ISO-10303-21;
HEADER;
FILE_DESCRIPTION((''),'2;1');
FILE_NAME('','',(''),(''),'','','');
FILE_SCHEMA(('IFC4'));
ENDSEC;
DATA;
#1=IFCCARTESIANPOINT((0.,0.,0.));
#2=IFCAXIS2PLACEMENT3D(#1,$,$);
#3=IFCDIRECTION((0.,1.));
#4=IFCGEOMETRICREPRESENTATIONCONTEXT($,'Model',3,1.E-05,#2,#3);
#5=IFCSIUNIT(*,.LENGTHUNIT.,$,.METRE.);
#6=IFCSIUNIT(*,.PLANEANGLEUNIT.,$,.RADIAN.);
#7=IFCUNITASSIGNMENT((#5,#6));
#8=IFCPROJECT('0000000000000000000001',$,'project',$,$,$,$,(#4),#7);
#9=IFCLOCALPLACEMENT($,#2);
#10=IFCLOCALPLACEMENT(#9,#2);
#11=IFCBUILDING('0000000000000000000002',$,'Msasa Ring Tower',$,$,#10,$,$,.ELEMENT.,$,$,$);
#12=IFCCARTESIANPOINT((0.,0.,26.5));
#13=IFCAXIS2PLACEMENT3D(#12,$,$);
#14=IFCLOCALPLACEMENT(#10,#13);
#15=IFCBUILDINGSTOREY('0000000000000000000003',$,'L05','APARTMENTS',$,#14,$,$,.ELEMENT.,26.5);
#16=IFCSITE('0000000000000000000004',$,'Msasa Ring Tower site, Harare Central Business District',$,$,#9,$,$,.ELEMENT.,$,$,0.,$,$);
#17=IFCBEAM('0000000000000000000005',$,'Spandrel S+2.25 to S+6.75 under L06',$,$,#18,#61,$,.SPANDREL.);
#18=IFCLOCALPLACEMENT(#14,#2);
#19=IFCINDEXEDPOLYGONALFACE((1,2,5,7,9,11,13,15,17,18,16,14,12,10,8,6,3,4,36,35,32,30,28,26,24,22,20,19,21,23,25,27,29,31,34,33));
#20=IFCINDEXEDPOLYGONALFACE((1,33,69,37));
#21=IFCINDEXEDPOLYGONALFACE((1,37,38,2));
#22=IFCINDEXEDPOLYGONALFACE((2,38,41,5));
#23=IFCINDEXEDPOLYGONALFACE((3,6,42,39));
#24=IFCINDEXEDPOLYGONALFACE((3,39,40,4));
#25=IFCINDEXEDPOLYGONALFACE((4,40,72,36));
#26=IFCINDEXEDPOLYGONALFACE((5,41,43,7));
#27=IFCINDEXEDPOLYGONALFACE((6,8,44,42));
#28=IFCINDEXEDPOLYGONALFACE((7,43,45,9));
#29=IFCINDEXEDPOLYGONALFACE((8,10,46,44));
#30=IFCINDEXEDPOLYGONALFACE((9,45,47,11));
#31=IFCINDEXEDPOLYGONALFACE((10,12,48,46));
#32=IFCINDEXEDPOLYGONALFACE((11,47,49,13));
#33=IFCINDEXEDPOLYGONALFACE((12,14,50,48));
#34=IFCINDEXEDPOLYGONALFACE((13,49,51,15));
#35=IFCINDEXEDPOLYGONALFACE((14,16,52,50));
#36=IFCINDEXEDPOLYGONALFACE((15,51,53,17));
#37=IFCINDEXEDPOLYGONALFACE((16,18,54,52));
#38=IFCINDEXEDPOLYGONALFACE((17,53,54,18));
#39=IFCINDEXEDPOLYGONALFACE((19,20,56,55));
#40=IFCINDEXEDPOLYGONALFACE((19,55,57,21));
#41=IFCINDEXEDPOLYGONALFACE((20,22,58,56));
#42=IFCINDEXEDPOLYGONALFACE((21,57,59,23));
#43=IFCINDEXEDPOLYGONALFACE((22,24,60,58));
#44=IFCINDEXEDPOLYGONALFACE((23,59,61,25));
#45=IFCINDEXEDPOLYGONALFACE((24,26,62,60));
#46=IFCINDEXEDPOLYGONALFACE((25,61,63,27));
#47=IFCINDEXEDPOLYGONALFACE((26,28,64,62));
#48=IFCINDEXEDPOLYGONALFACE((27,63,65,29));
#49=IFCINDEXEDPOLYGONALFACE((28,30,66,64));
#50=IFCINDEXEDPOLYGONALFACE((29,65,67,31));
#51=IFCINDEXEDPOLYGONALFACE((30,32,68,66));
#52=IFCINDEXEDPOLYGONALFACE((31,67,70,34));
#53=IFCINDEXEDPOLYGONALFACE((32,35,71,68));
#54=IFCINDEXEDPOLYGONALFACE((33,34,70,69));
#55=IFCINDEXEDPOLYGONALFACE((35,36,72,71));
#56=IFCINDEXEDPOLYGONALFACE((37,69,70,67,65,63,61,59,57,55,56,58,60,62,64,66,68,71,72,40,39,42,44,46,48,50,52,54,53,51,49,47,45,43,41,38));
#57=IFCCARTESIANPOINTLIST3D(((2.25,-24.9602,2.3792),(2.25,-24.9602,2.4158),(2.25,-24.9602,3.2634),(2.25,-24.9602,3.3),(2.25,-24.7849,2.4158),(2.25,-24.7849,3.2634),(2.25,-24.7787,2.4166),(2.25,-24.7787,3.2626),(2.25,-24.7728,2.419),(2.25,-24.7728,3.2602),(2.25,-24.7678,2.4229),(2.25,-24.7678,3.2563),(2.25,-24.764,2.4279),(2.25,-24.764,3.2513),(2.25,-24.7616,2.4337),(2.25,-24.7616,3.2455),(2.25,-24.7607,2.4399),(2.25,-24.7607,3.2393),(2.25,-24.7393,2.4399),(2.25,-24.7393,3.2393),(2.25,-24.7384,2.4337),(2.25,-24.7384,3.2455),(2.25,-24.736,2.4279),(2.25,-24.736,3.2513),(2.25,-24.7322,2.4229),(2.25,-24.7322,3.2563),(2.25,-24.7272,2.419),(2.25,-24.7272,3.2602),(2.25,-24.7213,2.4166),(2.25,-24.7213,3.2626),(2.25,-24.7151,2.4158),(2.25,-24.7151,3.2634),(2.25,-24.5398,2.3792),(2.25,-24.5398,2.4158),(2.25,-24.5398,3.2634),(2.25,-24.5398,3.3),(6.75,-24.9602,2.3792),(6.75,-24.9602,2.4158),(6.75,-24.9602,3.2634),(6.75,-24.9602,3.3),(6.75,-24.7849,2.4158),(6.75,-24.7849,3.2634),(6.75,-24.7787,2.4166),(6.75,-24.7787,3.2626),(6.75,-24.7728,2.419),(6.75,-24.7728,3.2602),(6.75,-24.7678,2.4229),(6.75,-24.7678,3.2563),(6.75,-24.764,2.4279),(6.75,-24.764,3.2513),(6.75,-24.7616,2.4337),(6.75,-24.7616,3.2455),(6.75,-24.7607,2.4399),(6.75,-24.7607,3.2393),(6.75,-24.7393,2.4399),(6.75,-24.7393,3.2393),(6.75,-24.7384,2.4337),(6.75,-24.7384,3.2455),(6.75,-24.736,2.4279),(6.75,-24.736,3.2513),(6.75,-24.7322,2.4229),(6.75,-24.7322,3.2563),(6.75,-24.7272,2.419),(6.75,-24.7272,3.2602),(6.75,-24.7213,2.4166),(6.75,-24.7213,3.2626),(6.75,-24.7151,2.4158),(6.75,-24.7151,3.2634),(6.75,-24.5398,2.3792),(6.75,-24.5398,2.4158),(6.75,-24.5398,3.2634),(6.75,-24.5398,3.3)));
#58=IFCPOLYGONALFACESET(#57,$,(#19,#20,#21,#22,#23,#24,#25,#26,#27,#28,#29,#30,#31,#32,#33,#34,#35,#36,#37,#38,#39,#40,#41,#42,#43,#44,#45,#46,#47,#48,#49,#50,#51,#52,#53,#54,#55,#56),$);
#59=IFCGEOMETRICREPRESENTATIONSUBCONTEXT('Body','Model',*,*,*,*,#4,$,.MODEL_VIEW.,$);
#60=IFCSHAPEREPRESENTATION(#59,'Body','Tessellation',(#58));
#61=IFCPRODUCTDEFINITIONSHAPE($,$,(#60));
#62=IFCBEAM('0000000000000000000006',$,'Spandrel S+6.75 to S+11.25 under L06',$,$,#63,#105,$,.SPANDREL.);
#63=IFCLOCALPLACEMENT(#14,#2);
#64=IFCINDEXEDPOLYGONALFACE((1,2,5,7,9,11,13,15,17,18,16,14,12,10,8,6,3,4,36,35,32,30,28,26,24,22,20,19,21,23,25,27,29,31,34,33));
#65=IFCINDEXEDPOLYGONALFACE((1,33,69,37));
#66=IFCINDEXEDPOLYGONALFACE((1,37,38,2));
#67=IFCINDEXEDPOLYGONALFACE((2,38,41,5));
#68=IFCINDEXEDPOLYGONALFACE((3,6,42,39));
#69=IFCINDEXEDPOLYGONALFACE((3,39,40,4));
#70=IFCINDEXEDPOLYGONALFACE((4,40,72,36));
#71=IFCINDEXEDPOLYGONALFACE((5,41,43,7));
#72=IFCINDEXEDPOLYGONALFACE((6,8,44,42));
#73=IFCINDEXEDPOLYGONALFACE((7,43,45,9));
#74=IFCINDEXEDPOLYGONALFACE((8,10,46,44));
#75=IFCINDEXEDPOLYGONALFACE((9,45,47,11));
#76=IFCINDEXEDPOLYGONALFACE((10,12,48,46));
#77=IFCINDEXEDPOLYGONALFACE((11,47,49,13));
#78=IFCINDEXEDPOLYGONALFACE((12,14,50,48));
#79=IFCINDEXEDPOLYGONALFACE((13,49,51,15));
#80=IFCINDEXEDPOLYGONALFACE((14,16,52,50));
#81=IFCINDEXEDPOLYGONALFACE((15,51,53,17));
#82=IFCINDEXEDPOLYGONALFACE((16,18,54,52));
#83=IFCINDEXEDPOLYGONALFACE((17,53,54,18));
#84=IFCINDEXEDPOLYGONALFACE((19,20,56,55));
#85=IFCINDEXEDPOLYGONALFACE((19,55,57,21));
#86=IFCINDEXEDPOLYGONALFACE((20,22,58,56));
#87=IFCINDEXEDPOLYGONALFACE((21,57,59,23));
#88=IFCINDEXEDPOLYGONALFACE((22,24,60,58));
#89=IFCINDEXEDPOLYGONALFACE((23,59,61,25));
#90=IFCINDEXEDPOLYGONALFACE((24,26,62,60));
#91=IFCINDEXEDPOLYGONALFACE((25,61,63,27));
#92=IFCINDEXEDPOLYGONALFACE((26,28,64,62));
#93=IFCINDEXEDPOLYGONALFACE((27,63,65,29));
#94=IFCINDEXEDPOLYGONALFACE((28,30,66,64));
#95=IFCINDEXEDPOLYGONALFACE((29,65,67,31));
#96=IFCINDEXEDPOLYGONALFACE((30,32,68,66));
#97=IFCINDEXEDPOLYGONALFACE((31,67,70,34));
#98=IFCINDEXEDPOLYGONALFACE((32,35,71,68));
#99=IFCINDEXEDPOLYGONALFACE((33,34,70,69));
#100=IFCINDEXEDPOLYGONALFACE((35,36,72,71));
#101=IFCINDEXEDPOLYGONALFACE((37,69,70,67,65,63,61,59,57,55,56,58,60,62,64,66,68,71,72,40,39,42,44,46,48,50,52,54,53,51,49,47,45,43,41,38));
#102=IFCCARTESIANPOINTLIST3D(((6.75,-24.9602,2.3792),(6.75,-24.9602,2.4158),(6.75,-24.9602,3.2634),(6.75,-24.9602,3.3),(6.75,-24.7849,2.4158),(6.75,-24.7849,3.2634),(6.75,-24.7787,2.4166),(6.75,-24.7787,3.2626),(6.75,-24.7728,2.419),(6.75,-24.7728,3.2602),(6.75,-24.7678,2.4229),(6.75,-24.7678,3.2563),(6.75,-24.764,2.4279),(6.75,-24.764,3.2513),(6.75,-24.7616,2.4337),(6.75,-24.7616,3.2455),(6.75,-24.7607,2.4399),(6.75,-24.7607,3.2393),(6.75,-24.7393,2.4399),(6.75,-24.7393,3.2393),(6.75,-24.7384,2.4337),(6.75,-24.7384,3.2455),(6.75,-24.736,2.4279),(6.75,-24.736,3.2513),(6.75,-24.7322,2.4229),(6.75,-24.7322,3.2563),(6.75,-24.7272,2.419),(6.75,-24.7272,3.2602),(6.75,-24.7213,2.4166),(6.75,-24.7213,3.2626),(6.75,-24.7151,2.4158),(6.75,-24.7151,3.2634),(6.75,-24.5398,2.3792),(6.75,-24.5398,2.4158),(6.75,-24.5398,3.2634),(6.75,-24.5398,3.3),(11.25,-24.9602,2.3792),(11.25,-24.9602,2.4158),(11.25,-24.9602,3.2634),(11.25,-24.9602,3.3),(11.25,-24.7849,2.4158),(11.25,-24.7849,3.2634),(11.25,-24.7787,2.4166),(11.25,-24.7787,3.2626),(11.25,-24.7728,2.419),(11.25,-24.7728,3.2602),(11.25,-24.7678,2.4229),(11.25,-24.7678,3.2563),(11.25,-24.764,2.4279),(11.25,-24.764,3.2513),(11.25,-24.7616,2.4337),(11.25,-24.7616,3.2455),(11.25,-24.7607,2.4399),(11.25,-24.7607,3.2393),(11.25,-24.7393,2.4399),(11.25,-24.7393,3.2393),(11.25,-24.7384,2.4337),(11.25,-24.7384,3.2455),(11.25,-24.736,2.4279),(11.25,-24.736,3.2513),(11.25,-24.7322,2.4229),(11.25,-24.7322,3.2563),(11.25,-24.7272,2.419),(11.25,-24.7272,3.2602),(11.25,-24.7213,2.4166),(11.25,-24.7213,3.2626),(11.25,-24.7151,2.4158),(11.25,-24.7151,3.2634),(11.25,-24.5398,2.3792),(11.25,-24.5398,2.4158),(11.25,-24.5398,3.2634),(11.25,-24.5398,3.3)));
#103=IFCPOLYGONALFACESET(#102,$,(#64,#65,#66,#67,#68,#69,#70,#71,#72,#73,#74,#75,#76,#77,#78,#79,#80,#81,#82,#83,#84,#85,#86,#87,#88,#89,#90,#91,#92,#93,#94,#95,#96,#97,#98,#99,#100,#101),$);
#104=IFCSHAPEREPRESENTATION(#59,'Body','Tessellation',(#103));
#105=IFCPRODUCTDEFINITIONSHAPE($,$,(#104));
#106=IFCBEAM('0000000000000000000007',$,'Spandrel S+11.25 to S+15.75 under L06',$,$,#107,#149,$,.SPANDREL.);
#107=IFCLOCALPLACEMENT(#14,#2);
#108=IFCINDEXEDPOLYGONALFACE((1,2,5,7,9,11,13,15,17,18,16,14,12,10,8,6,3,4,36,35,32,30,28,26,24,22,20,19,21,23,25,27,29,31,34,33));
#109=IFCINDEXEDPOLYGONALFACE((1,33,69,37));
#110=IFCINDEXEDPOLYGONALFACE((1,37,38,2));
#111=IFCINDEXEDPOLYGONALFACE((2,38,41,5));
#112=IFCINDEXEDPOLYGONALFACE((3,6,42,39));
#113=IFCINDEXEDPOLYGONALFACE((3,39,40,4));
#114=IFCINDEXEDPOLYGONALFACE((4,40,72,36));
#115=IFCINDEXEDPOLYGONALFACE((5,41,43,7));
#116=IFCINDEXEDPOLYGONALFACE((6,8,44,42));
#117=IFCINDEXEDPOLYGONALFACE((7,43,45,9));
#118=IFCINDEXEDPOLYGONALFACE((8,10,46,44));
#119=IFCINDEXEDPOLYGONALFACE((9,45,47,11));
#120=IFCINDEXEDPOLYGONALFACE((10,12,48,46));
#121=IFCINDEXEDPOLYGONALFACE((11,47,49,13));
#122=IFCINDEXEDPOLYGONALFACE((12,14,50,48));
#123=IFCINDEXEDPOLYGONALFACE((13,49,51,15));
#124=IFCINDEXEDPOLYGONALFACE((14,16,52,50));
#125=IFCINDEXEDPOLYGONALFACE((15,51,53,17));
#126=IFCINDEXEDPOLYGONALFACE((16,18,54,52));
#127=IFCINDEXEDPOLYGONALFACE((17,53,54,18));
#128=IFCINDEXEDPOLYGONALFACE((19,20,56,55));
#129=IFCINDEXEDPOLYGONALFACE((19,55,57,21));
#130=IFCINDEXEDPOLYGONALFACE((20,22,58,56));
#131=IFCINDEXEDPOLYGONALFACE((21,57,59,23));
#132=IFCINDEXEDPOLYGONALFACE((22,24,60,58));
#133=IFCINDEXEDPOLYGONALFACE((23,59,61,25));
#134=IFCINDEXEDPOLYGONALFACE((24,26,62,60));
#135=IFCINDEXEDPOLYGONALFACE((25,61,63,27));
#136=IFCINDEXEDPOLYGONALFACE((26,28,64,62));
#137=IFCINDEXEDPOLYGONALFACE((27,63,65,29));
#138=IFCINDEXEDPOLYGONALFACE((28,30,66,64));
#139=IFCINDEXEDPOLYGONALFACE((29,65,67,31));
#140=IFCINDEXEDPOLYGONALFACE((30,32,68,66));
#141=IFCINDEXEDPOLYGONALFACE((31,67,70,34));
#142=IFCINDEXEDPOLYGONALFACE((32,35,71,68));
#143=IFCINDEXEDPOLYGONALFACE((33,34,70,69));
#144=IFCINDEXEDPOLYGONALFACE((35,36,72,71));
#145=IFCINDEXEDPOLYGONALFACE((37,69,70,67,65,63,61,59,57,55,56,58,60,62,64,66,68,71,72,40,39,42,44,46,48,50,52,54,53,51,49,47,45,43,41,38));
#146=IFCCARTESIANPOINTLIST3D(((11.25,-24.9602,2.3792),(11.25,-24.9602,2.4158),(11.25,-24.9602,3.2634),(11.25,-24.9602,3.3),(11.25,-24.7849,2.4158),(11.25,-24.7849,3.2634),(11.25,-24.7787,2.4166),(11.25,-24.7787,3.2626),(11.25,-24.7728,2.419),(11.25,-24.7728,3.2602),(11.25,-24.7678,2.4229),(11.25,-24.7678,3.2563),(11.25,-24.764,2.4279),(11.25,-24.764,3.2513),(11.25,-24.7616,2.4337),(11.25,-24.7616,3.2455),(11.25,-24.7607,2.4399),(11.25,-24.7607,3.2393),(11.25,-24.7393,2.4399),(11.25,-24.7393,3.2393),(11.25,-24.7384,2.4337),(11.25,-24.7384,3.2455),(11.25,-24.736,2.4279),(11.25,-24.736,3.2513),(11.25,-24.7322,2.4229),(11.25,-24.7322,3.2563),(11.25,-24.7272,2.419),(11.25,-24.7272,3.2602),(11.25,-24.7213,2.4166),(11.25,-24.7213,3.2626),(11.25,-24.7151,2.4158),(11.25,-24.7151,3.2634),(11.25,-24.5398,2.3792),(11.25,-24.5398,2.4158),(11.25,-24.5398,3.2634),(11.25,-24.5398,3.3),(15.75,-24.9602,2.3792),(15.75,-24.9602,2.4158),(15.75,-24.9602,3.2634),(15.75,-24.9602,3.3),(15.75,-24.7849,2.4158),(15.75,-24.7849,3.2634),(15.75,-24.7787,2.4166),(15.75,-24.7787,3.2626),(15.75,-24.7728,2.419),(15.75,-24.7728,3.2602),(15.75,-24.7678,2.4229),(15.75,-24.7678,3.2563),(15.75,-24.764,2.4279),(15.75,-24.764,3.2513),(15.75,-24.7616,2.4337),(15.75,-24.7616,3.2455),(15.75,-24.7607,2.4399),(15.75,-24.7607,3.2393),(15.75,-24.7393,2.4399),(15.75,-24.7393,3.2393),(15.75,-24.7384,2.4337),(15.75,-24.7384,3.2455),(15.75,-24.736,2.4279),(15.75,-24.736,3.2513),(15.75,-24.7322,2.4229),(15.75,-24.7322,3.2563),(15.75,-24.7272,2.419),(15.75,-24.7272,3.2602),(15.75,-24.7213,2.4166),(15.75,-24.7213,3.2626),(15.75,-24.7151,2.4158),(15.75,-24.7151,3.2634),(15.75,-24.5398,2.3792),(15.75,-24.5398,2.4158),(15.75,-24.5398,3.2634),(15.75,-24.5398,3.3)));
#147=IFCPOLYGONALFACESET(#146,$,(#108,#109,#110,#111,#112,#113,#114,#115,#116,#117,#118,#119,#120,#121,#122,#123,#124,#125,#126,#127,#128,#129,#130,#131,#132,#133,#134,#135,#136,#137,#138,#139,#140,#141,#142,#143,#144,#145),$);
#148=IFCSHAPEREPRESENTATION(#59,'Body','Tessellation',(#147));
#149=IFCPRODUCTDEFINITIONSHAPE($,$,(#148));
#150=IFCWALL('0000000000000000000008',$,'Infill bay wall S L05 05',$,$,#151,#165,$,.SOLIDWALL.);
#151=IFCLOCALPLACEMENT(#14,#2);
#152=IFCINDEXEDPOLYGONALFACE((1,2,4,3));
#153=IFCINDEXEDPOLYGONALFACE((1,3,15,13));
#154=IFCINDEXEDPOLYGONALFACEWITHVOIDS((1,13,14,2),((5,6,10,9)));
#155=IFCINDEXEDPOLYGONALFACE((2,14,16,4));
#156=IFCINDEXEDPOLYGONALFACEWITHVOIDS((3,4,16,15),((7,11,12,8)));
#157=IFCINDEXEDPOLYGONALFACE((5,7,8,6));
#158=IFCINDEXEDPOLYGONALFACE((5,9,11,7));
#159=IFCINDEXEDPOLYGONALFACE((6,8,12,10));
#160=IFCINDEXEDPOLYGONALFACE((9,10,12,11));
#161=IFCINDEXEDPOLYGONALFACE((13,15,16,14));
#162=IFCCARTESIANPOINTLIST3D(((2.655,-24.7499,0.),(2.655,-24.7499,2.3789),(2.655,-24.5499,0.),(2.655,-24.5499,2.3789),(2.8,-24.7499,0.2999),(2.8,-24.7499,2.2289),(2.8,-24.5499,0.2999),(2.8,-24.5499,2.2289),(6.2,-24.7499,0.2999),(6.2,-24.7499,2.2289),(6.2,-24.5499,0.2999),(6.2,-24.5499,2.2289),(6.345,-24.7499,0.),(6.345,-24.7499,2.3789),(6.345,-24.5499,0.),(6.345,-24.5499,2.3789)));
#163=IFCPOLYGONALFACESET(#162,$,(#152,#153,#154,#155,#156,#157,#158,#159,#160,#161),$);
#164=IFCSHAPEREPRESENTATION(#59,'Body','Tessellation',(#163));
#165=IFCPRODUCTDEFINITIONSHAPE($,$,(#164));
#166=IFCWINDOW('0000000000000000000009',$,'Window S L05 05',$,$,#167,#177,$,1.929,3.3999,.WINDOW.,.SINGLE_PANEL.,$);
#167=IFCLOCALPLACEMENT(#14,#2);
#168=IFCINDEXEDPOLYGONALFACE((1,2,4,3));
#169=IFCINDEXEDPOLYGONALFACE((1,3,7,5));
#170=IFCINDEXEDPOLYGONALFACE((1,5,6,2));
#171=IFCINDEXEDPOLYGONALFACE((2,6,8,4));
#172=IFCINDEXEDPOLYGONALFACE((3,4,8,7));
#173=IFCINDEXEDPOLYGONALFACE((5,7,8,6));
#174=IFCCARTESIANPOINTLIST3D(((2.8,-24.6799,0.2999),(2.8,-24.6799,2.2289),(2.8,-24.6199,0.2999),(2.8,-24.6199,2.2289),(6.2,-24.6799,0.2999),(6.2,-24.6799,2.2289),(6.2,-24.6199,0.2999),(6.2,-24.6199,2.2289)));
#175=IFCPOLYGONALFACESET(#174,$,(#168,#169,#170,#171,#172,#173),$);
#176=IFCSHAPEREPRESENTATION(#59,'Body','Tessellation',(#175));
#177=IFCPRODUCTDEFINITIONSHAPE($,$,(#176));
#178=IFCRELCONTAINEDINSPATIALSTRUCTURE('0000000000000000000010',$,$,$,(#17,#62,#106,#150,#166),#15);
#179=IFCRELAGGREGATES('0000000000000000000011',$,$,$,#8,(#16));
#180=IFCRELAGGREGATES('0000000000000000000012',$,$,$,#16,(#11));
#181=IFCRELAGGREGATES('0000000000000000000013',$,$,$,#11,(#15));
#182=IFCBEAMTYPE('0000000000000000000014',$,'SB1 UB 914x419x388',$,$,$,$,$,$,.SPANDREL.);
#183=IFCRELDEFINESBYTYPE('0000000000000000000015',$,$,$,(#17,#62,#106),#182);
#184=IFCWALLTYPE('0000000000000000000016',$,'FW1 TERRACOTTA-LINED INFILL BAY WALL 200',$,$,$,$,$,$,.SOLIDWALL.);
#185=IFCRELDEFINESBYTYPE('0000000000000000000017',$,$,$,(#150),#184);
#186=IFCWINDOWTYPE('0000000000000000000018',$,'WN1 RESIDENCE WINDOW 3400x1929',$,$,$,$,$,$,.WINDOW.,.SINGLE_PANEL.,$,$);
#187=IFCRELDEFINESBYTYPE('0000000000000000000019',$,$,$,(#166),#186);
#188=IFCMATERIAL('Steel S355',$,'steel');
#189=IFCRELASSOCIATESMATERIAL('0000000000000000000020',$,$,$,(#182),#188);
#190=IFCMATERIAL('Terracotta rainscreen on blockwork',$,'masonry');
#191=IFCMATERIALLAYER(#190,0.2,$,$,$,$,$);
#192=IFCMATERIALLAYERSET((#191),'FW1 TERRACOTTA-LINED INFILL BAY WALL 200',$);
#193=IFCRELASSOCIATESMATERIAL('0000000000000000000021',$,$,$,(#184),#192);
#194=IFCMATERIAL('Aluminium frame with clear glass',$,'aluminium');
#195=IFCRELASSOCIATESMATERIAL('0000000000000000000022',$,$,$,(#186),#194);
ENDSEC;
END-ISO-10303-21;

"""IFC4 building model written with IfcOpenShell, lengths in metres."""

from ifc_helpers import new_model, si_unit, direction, frame, frame_2d, origin, origin_2d, place, context, subcontext, project, spatial, rectangle, i_section, extrude, material, layer, layer_set, material_profile, profile_set, type_object, element, fill, save


model = new_model("IFC4")

# Units and contexts
model_context = context("Model", 3, precision=1e-05, world=origin(), true_north=direction((0.0, 1.0)))
body_context = subcontext(model_context, "Body", "Model", "MODEL_VIEW")
ifc_project = project(units=[si_unit("LENGTHUNIT", "METRE"), si_unit("PLANEANGLEUNIT", "RADIAN")], contexts=[model_context])

# Site, building, storey
site_placement = place(None, origin())
site = spatial("IfcSite", under=ifc_project, at=site_placement, Name="Msasa Ring Tower site, Harare Central Business District", CompositionType="ELEMENT", RefElevation=0.0)
building_placement = place(site_placement, origin())
building = spatial("IfcBuilding", under=site, at=building_placement, Name="Msasa Ring Tower", CompositionType="ELEMENT")
storey_placement = place(building_placement, frame((0.0, 0.0, 26.5)))
storey = spatial("IfcBuildingStorey", under=building, at=storey_placement, Name="L05", Description="APARTMENTS", CompositionType="ELEMENT", Elevation=26.5)

# Beams
ifc_material_1 = material(Name="Steel S355", Category="steel")
ifc_material_profile_1 = material_profile(ifc_material_1, i_section(OverallWidth=0.4204, OverallDepth=0.9209, WebThickness=0.0215, FlangeThickness=0.0366, FilletRadius=0.0242, at=origin_2d()), Name="UB 914x419x388")
ifc_profile_set_1 = profile_set([ifc_material_profile_1], Name="Steel S355")
beam_type_1 = type_object("IfcBeamType", Name="SB1 UB 914x419x388", PredefinedType="SPANDREL", material=ifc_profile_set_1)
for number, where, z_axis, x_axis, name in (
    (1, (2.25, -24.75, 2.8396), (1.0, 0.0, 0.0), (0.0, 1.0, 0.0), "Spandrel S+2.25 to S+6.75 under L06"),
    (2, (6.75, -24.75, 2.8396), (1.0, 0.0, 0.0), (0.0, 1.0, 0.0), "Spandrel S+6.75 to S+11.25 under L06"),
    (3, (11.25, -24.75, 2.8396), (1.0, 0.0, 0.0), (0.0, 1.0, 0.0), "Spandrel S+11.25 to S+15.75 under L06"),
):
    element("IfcBeam", number, at=place(storey_placement, frame(where, z_axis=z_axis, x_axis=x_axis)), inside=storey, type_object=beam_type_1, Name=name, PredefinedType="SPANDREL", context=body_context, shape_type="SweptSolid", body=[
        extrude(i_section(OverallWidth=0.4204, OverallDepth=0.9209, WebThickness=0.0215, FlangeThickness=0.0366, FilletRadius=0.0242, at=origin_2d()), origin(), (0.0, 0.0, 1.0), 4.5),
    ])

# Wall, opening, window
ifc_material_2 = material(Name="Terracotta rainscreen on blockwork", Category="masonry")
ifc_layer_1 = layer(ifc_material_2, 0.2)
ifc_layer_set_1 = layer_set([ifc_layer_1], Name="FW1 TERRACOTTA-LINED INFILL BAY WALL 200")
wall_type_1 = type_object("IfcWallType", Name="FW1 TERRACOTTA-LINED INFILL BAY WALL 200", PredefinedType="SOLIDWALL", material=ifc_layer_set_1)
wall_1_placement = place(storey_placement, frame((2.655, -24.6499, 0.0), z_axis=(0.0, 0.0, 1.0), x_axis=(1.0, 0.0, 0.0)))
wall_1 = element("IfcWall", 4, at=wall_1_placement, inside=storey, type_object=wall_type_1, Name="Infill bay wall S L05 05", PredefinedType="SOLIDWALL", context=body_context, shape_type="SweptSolid", body=[
    extrude(rectangle(XDim=3.6899, YDim=0.2, at=frame_2d((1.845, 0.0))), origin(), (0.0, 0.0, 1.0), 2.3789),
])
opening_1_placement = place(wall_1_placement, frame((0.145, 0.0, 0.3)))
opening_1 = element("IfcOpeningElement", 5, at=opening_1_placement, cuts=wall_1, PredefinedType="OPENING", context=body_context, shape_type="SweptSolid", body=[
    extrude(rectangle(XDim=3.3999, YDim=1.929, at=frame_2d((1.7, 0.9644))), frame((0.0, 0.1099, 0.0), z_axis=(0.0, -1.0, 0.0), x_axis=(1.0, 0.0, 0.0)), (0.0, 0.0, 1.0), 0.22),
])
ifc_material_3 = material(Name="Aluminium frame with clear glass", Category="aluminium")
window_type = type_object("IfcWindowType", Name="WN1 RESIDENCE WINDOW 3400x1929", PartitioningType="SINGLE_PANEL", PredefinedType="WINDOW", material=ifc_material_3)
window_1_placement = place(opening_1_placement, origin())
window_1 = element("IfcWindow", 6, at=window_1_placement, inside=storey, type_object=window_type, Name="Window S L05 05", OverallHeight=1.929, OverallWidth=3.3999, PartitioningType="SINGLE_PANEL", PredefinedType="WINDOW", context=body_context, shape_type="SweptSolid", body=[
    extrude(rectangle(XDim=3.3999, YDim=1.929, at=frame_2d((1.7, 0.9644))), frame((0.0, 0.03, 0.0), z_axis=(0.0, -1.0, 0.0), x_axis=(1.0, 0.0, 0.0)), (0.0, 0.0, 1.0), 0.0601),
])
fill(opening_1, window_1)

save(model, "model.ifc")
